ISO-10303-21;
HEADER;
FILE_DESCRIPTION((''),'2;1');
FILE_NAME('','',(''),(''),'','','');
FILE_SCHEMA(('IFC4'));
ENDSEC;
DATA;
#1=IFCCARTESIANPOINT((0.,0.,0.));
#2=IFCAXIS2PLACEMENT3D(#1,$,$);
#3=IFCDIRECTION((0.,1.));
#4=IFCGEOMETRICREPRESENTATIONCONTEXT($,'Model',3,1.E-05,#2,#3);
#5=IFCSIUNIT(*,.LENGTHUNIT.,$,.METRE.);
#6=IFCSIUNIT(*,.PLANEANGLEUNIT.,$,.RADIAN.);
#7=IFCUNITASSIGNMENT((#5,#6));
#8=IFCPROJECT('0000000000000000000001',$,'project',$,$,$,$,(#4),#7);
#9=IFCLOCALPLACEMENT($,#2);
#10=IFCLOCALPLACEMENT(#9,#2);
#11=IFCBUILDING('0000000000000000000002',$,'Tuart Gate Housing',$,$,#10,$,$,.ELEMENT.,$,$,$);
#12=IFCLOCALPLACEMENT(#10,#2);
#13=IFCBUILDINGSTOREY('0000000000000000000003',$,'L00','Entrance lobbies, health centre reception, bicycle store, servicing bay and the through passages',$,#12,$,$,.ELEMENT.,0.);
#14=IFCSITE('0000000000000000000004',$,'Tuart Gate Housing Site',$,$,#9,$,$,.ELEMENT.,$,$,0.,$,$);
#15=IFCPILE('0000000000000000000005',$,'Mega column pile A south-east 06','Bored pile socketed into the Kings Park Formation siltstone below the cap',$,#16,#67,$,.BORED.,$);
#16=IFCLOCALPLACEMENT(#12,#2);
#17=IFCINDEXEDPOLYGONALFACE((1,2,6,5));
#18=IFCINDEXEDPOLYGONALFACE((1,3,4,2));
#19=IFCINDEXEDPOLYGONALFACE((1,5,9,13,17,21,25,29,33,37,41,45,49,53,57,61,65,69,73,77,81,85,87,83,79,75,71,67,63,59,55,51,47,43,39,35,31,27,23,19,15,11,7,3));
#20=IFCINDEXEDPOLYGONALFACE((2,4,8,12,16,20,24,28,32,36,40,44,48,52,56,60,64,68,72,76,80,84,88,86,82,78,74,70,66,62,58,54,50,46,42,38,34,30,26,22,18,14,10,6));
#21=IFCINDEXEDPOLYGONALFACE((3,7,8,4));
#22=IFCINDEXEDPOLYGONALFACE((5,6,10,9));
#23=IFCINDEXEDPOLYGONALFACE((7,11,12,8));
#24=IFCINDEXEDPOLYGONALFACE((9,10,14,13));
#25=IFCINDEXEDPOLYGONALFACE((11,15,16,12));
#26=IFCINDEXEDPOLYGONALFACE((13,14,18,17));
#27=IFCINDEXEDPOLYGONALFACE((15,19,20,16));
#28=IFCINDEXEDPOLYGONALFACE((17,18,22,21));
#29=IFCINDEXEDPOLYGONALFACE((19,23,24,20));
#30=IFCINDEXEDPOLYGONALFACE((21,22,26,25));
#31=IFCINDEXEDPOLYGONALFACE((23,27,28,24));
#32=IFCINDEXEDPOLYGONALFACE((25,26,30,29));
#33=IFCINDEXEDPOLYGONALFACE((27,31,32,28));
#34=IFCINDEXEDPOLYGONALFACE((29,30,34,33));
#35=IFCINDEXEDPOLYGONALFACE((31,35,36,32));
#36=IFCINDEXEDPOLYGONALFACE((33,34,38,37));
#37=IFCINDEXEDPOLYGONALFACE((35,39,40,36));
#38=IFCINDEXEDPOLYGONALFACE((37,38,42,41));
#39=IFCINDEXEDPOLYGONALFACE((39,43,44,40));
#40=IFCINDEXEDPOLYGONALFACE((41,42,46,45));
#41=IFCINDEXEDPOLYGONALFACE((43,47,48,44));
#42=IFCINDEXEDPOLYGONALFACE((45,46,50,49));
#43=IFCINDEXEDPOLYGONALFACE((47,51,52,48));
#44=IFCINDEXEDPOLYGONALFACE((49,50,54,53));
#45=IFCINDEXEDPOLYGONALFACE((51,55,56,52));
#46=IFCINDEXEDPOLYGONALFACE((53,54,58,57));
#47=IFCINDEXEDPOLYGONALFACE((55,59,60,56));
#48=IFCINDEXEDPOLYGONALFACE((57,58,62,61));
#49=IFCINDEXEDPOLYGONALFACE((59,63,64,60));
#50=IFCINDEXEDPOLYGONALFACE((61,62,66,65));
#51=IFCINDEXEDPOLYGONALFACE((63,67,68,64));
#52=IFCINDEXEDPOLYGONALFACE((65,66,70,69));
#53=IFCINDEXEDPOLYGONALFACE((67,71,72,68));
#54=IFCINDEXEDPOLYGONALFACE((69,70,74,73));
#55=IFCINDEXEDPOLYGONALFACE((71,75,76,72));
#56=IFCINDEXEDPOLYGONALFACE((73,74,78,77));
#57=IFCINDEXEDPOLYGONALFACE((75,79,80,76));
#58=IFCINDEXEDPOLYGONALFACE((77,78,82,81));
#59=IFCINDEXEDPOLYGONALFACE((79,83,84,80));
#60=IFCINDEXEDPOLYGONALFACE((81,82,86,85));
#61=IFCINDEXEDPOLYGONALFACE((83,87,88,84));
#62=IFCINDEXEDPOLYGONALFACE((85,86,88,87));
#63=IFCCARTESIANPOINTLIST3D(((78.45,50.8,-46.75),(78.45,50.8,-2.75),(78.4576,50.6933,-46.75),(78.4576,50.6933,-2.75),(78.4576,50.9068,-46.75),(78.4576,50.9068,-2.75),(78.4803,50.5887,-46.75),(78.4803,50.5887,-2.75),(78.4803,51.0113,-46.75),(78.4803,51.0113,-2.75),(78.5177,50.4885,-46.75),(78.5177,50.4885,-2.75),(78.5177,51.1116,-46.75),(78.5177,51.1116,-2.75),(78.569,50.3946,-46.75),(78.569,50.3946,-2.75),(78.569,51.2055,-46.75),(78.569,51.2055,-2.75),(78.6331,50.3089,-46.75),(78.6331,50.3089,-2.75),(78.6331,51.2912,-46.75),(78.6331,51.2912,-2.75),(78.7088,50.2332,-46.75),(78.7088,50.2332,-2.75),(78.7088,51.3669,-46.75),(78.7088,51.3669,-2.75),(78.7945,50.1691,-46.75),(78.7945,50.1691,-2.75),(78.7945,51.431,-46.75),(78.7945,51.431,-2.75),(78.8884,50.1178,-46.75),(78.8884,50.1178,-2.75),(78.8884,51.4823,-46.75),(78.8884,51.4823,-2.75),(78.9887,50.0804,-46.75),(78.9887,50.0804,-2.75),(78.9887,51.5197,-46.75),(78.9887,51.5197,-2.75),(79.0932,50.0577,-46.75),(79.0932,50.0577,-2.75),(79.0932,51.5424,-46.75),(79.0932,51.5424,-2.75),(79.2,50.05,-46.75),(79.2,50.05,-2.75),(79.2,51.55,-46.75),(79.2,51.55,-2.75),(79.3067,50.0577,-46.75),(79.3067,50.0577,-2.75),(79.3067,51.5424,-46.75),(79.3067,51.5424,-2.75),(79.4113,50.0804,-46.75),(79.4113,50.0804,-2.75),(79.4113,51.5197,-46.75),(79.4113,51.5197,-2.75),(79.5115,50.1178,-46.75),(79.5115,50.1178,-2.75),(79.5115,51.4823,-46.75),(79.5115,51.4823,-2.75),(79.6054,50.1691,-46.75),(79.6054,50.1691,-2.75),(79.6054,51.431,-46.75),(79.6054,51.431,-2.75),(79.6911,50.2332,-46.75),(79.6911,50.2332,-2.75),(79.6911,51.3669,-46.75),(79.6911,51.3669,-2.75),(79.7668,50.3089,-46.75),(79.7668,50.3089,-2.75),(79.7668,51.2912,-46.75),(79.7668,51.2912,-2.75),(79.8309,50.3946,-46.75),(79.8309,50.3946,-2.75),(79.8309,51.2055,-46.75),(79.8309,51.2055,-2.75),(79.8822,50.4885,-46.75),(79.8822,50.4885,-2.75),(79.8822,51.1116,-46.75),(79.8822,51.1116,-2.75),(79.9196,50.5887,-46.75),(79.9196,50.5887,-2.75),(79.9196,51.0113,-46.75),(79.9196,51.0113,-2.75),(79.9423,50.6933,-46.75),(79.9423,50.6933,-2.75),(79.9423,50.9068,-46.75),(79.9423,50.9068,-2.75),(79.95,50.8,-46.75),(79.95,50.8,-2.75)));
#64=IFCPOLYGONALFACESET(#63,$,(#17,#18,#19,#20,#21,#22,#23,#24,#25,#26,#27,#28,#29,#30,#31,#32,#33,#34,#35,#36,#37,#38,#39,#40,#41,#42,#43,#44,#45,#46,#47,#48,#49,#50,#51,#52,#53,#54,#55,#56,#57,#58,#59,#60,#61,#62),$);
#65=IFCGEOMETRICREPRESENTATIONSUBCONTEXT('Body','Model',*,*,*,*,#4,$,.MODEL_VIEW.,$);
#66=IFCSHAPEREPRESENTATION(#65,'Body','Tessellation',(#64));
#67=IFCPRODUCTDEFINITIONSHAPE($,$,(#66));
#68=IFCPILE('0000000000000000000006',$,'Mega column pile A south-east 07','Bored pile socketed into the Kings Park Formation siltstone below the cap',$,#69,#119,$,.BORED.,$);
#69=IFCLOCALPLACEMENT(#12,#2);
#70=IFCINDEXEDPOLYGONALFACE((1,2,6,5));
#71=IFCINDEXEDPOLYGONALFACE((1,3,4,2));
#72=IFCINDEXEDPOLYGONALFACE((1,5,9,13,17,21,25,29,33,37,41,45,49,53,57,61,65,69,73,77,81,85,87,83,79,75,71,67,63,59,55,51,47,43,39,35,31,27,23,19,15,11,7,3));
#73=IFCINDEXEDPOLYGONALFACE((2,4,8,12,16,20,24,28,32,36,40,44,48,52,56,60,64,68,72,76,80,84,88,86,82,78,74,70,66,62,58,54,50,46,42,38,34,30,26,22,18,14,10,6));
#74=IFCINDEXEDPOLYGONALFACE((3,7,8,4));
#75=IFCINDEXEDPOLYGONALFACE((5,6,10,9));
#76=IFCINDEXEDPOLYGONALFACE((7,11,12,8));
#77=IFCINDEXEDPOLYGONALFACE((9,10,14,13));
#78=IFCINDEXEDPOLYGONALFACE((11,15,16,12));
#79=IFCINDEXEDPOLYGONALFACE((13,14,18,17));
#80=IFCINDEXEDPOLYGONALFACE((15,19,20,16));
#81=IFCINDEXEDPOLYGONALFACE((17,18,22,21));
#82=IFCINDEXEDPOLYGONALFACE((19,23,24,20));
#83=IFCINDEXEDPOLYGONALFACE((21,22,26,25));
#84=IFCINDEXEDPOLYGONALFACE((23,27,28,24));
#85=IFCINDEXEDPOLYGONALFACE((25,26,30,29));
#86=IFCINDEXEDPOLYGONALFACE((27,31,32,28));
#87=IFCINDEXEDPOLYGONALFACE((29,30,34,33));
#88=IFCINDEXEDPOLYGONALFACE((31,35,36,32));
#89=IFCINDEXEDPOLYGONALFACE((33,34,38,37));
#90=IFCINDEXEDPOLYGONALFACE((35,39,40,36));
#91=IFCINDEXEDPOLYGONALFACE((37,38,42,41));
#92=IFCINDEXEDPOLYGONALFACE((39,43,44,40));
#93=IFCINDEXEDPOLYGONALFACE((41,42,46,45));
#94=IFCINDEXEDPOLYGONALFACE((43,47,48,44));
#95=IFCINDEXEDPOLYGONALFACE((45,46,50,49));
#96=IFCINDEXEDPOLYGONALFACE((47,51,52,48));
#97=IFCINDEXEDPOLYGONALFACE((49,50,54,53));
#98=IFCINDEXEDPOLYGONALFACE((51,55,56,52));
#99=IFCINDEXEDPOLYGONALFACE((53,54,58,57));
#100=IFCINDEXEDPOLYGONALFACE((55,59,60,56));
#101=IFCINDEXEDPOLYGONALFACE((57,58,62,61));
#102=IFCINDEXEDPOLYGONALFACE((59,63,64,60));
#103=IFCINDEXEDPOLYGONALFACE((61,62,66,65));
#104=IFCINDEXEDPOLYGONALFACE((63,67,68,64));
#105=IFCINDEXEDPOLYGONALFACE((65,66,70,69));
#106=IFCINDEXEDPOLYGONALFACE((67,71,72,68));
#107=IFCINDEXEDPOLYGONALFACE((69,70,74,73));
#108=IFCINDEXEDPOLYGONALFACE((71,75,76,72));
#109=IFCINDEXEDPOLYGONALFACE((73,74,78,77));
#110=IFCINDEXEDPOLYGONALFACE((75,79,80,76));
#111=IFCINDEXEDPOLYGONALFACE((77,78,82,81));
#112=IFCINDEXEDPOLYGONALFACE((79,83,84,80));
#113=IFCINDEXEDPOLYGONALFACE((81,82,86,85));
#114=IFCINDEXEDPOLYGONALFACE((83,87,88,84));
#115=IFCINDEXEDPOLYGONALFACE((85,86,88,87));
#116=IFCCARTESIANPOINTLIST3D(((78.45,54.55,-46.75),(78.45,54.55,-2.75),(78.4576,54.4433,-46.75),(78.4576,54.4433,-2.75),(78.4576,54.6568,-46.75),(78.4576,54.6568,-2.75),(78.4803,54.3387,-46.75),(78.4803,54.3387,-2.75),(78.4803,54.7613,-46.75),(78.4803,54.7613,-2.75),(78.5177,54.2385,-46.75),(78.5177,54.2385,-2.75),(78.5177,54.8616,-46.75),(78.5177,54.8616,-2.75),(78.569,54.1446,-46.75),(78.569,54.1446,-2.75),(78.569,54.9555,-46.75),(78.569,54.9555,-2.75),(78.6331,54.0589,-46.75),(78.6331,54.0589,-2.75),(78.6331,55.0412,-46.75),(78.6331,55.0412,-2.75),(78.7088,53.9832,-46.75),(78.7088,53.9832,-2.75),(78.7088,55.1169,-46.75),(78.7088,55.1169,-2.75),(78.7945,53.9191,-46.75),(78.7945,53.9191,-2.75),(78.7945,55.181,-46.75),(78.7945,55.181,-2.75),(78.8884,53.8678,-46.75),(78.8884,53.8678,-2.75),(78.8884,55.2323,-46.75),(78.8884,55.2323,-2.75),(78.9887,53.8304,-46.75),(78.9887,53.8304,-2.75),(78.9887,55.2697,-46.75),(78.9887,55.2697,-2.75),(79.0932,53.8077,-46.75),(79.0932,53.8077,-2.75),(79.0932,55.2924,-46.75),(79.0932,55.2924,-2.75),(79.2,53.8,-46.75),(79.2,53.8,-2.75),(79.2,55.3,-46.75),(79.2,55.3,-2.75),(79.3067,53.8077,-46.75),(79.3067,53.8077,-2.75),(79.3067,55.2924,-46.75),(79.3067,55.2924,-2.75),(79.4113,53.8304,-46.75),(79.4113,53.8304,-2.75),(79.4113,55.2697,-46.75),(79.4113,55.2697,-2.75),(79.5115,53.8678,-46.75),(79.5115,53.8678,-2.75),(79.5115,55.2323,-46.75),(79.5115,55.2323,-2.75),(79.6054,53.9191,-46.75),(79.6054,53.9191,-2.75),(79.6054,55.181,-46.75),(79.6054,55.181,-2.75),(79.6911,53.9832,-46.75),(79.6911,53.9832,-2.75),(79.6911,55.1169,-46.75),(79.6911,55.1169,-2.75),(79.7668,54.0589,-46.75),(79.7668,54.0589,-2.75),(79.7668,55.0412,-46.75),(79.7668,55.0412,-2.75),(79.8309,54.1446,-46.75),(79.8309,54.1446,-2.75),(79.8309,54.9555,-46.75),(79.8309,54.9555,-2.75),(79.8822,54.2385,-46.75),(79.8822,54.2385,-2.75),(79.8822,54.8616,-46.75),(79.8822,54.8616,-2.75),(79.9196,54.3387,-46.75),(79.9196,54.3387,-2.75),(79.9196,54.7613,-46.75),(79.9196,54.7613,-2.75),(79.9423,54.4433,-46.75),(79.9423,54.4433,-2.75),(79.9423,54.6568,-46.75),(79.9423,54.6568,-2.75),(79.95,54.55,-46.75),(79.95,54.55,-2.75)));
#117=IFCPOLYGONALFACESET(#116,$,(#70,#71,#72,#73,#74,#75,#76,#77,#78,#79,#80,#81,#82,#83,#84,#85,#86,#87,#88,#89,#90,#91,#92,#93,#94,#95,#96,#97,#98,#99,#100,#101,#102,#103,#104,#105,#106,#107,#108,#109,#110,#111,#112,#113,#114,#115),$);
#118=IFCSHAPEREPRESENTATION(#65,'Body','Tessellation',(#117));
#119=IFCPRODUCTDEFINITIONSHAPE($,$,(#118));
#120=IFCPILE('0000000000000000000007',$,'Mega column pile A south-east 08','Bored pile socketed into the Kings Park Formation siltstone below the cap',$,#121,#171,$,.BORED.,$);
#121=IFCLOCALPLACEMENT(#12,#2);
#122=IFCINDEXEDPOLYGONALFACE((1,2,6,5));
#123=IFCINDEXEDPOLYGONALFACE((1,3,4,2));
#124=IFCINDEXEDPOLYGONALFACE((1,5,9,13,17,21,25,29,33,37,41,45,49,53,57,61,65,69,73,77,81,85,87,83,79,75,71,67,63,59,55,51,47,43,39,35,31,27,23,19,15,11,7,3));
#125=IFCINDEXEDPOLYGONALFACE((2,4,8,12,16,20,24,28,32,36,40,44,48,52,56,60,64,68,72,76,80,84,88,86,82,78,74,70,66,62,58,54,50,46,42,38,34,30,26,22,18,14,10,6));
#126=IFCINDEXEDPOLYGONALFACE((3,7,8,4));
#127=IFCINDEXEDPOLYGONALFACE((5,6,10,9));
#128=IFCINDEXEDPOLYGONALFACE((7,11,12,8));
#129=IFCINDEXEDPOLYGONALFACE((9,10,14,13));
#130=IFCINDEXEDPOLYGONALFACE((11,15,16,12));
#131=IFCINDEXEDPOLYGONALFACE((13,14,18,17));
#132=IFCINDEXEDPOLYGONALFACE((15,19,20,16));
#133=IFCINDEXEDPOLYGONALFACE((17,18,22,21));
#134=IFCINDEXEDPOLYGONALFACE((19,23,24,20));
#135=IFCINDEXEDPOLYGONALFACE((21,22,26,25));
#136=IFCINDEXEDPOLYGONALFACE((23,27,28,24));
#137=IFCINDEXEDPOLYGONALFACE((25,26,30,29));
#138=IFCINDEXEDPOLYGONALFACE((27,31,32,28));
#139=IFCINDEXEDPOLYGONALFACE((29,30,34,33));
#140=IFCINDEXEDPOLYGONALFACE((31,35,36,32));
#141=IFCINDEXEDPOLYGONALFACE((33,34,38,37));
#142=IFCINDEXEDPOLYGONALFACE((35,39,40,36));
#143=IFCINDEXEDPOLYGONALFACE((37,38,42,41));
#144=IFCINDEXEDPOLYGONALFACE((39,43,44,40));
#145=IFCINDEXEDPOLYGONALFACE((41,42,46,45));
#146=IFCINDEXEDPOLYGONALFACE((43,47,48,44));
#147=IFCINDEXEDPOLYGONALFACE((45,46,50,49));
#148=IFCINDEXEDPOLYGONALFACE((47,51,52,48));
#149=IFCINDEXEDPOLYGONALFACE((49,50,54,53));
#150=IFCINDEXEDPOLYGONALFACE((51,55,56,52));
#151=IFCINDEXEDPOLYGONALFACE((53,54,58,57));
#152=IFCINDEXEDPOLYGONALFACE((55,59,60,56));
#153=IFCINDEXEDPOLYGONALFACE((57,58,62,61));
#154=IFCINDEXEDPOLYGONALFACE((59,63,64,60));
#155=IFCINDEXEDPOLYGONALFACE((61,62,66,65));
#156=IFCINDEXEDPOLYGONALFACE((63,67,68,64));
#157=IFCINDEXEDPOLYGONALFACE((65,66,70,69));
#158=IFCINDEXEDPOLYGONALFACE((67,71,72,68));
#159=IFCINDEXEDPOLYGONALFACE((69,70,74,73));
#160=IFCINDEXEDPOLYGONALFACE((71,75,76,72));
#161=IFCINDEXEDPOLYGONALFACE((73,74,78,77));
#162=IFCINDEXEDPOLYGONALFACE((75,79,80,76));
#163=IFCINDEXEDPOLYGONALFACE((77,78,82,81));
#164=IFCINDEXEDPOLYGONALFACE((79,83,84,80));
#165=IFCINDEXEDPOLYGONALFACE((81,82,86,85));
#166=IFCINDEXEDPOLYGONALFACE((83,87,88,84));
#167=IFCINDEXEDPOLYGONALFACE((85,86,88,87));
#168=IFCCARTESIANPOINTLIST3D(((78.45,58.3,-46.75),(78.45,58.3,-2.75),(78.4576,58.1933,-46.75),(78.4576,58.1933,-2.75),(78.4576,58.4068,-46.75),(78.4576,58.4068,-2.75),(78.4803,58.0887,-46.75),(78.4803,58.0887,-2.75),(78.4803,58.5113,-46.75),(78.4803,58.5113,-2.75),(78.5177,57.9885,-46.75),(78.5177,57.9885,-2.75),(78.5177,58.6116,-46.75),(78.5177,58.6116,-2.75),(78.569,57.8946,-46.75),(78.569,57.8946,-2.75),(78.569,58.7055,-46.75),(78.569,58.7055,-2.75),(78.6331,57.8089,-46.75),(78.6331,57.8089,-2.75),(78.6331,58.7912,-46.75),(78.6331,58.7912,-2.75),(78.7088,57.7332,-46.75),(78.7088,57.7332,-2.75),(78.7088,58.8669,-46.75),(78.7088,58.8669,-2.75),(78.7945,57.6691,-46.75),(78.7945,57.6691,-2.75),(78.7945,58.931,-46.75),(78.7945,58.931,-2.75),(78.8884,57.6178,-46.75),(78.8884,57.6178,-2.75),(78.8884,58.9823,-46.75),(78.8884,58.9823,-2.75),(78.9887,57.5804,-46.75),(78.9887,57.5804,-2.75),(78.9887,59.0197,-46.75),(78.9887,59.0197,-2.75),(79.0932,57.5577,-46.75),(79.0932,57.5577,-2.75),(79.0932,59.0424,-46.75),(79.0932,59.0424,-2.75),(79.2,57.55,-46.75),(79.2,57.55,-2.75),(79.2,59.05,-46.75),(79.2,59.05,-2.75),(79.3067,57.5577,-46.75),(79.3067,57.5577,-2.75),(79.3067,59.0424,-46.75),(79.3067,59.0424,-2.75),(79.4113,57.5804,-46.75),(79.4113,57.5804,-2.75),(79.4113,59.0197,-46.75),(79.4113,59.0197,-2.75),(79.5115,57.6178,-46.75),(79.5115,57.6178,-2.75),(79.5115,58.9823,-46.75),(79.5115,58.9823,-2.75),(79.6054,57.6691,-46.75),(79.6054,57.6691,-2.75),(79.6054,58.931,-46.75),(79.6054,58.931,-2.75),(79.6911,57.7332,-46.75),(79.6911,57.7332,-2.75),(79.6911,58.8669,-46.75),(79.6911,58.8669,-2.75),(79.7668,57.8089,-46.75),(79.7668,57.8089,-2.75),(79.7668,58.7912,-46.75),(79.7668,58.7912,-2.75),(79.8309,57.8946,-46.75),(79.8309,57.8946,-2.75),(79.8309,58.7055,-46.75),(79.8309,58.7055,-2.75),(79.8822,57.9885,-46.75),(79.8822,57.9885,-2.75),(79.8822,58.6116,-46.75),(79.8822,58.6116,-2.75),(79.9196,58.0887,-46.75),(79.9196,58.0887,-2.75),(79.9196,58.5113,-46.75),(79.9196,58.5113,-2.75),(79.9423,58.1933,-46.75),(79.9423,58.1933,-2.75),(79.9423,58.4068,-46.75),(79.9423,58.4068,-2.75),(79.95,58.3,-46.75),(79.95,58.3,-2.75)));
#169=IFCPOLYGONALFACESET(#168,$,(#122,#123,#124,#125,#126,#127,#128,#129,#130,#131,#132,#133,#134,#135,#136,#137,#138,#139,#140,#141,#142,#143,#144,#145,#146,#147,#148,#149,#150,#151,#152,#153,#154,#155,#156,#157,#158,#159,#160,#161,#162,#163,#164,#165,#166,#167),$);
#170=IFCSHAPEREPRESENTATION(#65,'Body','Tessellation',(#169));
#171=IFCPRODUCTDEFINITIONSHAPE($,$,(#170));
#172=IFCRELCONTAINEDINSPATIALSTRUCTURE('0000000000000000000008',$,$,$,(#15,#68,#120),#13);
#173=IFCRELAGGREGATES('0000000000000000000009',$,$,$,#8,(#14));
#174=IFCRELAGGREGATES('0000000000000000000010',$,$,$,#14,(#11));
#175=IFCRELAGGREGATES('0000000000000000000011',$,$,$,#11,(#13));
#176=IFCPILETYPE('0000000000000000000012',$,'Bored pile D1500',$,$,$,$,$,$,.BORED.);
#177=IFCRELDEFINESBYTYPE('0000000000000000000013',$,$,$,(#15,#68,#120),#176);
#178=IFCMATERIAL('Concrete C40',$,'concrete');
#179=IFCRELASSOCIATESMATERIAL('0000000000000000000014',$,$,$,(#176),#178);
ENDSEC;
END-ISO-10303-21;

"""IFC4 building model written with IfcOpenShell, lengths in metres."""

from ifc_helpers import new_model, si_unit, direction, frame, origin, origin_2d, place, context, subcontext, project, spatial, circle, extrude, material, material_profile, profile_set, type_object, element, save


model = new_model("IFC4")

# Units and contexts
model_context = context("Model", 3, precision=1e-05, world=origin(), true_north=direction((0.0, 1.0)))
body_context = subcontext(model_context, "Body", "Model", "MODEL_VIEW")
ifc_project = project(units=[si_unit("LENGTHUNIT", "METRE"), si_unit("PLANEANGLEUNIT", "RADIAN")], contexts=[model_context])

# Site, building, storey
site_placement = place(None, origin())
site = spatial("IfcSite", under=ifc_project, at=site_placement, Name="Tuart Gate Housing Site", CompositionType="ELEMENT", RefElevation=0.0)
building_placement = place(site_placement, origin())
building = spatial("IfcBuilding", under=site, at=building_placement, Name="Tuart Gate Housing", CompositionType="ELEMENT")
storey_placement = place(building_placement, origin())
storey = spatial("IfcBuildingStorey", under=building, at=storey_placement, Name="L00", Description="Entrance lobbies, health centre reception, bicycle store, servicing bay and the through passages", CompositionType="ELEMENT", Elevation=0.0)

# Piles
ifc_material_1 = material(Name="Concrete C40", Category="concrete")
ifc_material_profile_1 = material_profile(ifc_material_1, circle(Radius=0.75, at=origin_2d()), Name="Bored pile D1500")
ifc_profile_set_1 = profile_set([ifc_material_profile_1], Name="Concrete C40")
pile_type = type_object("IfcPileType", Name="Bored pile D1500", PredefinedType="BORED", material=ifc_profile_set_1)
for number, where, z_axis, x_axis, name in (
    (1, (79.2, 50.8, -2.75), (0.0, 0.0, -1.0), (1.0, 0.0, 0.0), "Mega column pile A south-east 06"),
    (2, (79.2, 54.55, -2.75), (0.0, 0.0, -1.0), (1.0, 0.0, 0.0), "Mega column pile A south-east 07"),
    (3, (79.2, 58.3, -2.75), (0.0, 0.0, -1.0), (1.0, 0.0, 0.0), "Mega column pile A south-east 08"),
):
    element("IfcPile", number, at=place(storey_placement, frame(where, z_axis=z_axis, x_axis=x_axis)), inside=storey, type_object=pile_type, Name=name, Description="Bored pile socketed into the Kings Park Formation siltstone below the cap", PredefinedType="BORED", context=body_context, shape_type="SweptSolid", body=[
        extrude(circle(Radius=0.75, at=origin_2d()), origin(), (0.0, 0.0, 1.0), 44.0),
    ])

save(model, "model.ifc")
